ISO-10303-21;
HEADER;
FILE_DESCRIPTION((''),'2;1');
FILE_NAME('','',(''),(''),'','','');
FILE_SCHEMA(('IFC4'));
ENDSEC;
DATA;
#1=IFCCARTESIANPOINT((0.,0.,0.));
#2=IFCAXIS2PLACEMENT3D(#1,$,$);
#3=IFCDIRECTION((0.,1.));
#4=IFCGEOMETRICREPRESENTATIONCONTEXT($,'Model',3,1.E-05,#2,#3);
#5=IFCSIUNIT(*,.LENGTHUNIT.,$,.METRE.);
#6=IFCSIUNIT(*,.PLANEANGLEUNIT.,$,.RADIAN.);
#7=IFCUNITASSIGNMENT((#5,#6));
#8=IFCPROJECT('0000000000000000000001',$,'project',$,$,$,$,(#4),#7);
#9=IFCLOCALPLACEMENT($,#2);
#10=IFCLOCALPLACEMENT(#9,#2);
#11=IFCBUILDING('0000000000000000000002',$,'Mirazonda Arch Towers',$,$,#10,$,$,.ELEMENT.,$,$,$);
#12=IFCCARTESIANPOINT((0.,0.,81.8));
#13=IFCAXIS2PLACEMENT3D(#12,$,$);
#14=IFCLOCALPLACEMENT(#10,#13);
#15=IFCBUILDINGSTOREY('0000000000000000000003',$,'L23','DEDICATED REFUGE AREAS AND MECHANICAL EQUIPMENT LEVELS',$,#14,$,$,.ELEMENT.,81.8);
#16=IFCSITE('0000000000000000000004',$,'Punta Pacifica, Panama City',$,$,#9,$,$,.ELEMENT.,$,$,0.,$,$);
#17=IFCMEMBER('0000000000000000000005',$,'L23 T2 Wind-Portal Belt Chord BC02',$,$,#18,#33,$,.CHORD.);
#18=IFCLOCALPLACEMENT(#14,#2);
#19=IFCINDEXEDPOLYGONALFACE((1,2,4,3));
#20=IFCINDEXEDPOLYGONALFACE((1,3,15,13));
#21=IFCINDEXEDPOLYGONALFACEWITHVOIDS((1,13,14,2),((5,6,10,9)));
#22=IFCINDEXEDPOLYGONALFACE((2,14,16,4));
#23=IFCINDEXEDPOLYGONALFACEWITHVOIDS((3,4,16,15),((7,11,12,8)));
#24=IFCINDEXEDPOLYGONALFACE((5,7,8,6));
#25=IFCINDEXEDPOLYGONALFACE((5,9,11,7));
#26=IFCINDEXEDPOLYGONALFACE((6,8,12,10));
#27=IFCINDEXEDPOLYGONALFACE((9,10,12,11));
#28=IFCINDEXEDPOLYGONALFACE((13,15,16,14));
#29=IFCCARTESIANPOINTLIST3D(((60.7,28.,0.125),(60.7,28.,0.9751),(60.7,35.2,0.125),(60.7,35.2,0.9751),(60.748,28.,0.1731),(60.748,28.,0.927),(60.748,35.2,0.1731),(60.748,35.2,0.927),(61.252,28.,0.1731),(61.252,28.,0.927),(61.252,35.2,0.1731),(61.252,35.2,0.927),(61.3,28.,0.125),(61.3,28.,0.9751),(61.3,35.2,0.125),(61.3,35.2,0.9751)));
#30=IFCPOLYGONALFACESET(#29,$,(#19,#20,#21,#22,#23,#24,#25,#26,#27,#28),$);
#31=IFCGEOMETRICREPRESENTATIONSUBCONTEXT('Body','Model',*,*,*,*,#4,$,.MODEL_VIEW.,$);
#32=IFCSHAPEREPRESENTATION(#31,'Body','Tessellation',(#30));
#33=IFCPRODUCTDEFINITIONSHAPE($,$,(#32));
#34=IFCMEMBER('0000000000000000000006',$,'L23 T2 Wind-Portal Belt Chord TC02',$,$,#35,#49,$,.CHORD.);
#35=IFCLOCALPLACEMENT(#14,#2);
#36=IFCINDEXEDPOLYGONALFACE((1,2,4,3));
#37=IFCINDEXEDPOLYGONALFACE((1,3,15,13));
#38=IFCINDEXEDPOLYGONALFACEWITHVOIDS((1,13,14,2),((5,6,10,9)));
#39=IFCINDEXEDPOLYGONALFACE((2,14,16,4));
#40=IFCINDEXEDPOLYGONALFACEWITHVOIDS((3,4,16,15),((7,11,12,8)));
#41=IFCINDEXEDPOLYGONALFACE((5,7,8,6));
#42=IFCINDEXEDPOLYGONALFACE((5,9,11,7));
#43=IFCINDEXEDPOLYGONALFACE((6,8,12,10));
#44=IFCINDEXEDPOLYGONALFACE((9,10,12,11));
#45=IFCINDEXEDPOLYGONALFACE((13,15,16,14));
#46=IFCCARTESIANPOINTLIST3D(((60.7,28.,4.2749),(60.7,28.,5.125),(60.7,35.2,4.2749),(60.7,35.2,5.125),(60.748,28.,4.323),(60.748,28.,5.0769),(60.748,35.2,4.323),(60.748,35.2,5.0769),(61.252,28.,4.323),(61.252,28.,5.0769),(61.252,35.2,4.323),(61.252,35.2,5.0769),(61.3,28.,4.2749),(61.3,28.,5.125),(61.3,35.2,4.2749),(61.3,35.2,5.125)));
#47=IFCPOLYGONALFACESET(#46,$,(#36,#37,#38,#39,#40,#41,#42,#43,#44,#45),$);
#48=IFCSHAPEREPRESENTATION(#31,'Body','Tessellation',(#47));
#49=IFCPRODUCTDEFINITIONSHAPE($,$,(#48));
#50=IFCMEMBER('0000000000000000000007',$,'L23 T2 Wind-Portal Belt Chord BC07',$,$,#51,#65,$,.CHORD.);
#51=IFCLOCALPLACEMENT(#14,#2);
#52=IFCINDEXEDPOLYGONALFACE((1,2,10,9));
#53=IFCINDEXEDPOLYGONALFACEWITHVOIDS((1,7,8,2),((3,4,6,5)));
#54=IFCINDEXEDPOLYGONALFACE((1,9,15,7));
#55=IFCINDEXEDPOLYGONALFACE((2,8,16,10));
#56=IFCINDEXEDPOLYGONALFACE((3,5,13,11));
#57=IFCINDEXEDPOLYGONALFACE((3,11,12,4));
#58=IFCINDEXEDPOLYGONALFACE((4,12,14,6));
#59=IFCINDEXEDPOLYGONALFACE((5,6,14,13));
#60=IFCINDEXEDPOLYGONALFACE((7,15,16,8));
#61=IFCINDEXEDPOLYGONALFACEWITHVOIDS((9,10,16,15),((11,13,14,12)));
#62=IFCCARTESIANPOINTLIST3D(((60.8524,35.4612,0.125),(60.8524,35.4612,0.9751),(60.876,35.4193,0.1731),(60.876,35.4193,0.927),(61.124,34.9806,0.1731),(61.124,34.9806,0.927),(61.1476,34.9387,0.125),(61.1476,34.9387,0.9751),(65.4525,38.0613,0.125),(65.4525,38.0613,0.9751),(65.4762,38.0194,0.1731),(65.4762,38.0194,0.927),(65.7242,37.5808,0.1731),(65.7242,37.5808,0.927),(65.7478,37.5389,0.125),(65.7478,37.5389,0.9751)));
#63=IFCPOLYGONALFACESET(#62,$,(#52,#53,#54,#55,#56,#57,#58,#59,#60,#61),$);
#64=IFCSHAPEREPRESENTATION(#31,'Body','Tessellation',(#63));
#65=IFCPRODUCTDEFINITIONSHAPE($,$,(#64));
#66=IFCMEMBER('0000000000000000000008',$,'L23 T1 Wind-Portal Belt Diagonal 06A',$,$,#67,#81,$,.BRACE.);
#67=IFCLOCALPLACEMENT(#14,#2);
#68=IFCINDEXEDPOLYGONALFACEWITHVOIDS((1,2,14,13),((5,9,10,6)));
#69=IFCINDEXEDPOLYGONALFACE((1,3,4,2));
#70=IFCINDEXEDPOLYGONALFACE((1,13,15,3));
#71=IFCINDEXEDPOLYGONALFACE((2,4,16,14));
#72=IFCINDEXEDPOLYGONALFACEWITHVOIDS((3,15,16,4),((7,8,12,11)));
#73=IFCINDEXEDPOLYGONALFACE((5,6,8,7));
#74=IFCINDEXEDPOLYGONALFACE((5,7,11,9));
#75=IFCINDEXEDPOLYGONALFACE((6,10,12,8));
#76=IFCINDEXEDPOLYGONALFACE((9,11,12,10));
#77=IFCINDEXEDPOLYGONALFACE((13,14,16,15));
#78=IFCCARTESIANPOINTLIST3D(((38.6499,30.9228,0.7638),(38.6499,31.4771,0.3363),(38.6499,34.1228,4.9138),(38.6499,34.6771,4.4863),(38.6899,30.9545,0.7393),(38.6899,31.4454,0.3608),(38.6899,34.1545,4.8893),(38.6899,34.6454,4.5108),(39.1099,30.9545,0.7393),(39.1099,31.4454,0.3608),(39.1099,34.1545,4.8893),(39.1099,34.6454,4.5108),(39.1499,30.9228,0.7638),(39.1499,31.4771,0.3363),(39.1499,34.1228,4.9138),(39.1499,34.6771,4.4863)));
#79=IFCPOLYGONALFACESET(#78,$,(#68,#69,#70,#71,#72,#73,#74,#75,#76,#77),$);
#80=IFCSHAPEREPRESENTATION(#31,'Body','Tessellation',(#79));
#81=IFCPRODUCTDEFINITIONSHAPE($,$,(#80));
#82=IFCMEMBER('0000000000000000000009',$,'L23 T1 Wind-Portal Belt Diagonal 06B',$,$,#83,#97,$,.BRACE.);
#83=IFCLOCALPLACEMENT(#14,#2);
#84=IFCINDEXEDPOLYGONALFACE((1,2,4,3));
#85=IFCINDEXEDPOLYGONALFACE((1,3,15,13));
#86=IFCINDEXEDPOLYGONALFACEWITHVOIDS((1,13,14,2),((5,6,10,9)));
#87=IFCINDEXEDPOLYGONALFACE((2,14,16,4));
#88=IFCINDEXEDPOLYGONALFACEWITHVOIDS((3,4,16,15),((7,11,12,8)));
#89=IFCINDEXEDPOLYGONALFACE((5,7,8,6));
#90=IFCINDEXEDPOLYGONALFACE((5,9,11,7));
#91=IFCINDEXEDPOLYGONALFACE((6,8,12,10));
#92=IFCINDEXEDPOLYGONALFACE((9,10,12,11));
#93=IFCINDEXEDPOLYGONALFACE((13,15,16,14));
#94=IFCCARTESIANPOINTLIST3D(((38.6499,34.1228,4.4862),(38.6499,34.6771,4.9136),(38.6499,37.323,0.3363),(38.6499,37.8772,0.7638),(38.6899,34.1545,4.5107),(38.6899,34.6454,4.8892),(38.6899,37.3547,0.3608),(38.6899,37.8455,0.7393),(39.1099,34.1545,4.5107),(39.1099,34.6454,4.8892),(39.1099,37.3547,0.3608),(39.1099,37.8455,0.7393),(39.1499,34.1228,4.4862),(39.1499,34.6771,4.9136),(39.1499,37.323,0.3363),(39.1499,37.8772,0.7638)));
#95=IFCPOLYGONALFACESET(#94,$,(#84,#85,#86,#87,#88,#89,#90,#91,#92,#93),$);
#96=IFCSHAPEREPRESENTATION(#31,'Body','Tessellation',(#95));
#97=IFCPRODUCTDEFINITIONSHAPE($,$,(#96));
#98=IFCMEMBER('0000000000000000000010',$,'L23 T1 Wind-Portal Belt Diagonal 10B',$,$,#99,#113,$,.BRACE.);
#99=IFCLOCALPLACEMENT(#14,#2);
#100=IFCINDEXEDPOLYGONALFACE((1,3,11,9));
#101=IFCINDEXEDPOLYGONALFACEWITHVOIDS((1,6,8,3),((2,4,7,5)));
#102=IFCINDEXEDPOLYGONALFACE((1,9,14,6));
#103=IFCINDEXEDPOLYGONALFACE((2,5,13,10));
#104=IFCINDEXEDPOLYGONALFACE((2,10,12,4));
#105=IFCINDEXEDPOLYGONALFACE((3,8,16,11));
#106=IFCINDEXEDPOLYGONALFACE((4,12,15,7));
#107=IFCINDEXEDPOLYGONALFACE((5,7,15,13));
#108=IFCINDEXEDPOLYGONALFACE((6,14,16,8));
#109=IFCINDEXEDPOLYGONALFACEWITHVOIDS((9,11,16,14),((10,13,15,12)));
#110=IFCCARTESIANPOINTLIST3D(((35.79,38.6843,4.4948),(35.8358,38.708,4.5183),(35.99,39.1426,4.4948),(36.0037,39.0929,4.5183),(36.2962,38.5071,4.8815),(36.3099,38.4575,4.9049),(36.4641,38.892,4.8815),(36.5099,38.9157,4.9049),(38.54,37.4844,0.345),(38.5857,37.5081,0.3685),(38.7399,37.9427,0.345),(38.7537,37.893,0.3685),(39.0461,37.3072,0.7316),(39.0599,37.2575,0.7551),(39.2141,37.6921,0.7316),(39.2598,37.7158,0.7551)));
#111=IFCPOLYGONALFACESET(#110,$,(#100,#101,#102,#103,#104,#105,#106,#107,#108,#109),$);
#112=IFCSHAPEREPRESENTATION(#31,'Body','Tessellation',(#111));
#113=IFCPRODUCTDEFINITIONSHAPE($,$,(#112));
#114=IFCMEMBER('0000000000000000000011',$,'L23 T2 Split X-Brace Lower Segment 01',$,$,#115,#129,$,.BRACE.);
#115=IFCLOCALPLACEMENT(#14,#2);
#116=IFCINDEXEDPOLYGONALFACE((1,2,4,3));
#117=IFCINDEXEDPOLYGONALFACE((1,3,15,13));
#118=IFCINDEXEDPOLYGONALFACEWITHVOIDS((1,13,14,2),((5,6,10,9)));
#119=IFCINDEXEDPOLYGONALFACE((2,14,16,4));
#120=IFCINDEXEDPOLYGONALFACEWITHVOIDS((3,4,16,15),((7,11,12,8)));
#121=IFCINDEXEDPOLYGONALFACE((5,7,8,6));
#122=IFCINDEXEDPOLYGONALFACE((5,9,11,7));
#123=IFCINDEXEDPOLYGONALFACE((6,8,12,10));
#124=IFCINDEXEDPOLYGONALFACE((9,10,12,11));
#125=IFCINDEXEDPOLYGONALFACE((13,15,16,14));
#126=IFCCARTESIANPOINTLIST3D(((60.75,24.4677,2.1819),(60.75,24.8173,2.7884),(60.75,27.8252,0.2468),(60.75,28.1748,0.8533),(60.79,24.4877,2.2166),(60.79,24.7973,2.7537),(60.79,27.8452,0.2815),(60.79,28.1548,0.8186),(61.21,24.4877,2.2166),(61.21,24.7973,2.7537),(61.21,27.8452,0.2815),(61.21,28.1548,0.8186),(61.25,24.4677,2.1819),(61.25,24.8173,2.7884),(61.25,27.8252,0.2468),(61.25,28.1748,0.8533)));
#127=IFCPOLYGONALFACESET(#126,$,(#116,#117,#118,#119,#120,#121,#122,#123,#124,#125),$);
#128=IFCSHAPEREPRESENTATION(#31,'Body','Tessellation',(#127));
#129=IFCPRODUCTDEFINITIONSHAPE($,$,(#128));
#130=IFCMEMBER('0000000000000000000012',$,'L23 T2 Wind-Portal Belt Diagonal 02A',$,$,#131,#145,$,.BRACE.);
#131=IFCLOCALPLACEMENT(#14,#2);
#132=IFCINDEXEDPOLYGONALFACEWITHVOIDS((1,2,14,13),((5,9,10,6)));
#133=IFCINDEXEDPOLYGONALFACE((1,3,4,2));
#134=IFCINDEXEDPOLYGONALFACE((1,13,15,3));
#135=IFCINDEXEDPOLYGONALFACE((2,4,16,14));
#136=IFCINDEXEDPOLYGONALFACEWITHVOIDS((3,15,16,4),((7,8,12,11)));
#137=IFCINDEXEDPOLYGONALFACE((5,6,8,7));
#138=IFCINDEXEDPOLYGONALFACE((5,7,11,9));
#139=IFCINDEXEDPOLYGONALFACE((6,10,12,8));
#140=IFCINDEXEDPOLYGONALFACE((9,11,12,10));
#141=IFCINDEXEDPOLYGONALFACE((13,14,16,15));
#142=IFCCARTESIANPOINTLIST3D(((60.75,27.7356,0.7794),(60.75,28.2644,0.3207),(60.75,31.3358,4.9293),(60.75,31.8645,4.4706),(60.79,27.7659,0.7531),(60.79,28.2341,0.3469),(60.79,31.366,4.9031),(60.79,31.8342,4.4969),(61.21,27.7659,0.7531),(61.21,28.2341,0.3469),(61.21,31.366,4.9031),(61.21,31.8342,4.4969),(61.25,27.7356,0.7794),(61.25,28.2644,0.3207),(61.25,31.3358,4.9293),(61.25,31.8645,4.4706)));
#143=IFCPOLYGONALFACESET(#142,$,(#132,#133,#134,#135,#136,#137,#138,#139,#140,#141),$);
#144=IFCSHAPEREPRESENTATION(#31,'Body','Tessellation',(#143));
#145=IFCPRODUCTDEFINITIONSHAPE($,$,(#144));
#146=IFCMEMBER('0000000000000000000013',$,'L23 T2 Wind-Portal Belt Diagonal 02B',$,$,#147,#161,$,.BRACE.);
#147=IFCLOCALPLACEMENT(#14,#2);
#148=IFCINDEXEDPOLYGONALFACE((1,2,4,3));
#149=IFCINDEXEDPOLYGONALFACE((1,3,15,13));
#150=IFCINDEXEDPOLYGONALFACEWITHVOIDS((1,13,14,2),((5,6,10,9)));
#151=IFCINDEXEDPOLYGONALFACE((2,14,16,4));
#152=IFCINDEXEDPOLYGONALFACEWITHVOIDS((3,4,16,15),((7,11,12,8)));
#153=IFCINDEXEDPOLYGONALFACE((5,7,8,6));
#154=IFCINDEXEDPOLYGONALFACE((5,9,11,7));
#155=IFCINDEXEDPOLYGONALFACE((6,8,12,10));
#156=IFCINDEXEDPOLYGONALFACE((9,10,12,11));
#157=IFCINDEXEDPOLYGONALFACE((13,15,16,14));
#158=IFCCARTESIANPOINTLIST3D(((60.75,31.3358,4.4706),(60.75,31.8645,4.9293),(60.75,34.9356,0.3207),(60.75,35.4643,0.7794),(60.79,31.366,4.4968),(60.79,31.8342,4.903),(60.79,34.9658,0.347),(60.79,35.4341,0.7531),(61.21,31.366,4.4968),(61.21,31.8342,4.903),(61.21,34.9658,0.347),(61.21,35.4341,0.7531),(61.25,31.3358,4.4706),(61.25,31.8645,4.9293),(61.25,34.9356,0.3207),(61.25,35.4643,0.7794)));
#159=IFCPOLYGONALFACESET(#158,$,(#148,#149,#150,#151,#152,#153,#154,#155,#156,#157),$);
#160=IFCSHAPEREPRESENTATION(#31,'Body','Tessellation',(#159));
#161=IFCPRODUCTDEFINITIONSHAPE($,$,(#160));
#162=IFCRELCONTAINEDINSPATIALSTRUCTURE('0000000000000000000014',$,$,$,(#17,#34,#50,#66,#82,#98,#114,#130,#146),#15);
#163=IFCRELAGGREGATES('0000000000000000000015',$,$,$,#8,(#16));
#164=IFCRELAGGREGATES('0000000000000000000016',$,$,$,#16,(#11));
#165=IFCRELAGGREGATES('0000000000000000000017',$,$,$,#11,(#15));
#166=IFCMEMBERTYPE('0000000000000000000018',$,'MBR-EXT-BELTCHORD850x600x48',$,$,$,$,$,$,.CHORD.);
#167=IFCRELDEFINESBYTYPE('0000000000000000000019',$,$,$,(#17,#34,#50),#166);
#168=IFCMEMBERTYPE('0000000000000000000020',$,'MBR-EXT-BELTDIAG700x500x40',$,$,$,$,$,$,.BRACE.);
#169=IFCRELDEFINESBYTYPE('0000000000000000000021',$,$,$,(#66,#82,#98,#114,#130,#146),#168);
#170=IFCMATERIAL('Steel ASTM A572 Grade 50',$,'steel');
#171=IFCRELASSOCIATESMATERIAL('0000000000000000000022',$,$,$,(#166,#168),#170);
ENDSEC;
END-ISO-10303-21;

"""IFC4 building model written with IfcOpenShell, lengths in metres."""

from ifc_helpers import new_model, si_unit, direction, frame, origin, origin_2d, place, context, subcontext, project, spatial, hollow_rectangle, extrude, material, material_profile, profile_set, type_object, element, save


model = new_model("IFC4")

# Units and contexts
model_context = context("Model", 3, precision=1e-05, world=origin(), true_north=direction((0.0, 1.0)))
body_context = subcontext(model_context, "Body", "Model", "MODEL_VIEW")
ifc_project = project(units=[si_unit("LENGTHUNIT", "METRE"), si_unit("PLANEANGLEUNIT", "RADIAN")], contexts=[model_context])

# Site, building, storey
site_placement = place(None, origin())
site = spatial("IfcSite", under=ifc_project, at=site_placement, Name="Punta Pacifica, Panama City", CompositionType="ELEMENT", RefElevation=0.0)
building_placement = place(site_placement, origin())
building = spatial("IfcBuilding", under=site, at=building_placement, Name="Mirazonda Arch Towers", CompositionType="ELEMENT")
storey_placement = place(building_placement, frame((0.0, 0.0, 81.8)))
storey = spatial("IfcBuildingStorey", under=building, at=storey_placement, Name="L23", Description="DEDICATED REFUGE AREAS AND MECHANICAL EQUIPMENT LEVELS", CompositionType="ELEMENT", Elevation=81.8)

# Shared definitions
ifc_material_1 = material(Name="Steel ASTM A572 Grade 50", Category="steel")

# Members
ifc_material_profile_1 = material_profile(ifc_material_1, hollow_rectangle(XDim=0.6001, YDim=0.8501, WallThickness=0.0481, at=origin_2d()), Name="BELTCHORD850x600x48")
ifc_profile_set_1 = profile_set([ifc_material_profile_1], Name="Steel ASTM A572 Grade 50")
member_type_1 = type_object("IfcMemberType", Name="MBR-EXT-BELTCHORD850x600x48", PredefinedType="CHORD", material=ifc_profile_set_1)
for number, where, z_axis, x_axis, name in (
    (1, (61.0, 28.0, 0.55), (0.0, 1.0, 0.0), (-1.0, 0.0, 0.0), "L23 T2 Wind-Portal Belt Chord BC02"),
    (2, (61.0, 28.0, 4.7), (0.0, 1.0, 0.0), (-1.0, 0.0, 0.0), "L23 T2 Wind-Portal Belt Chord TC02"),
):
    element("IfcMember", number, at=place(storey_placement, frame(where, z_axis=z_axis, x_axis=x_axis)), inside=storey, type_object=member_type_1, Name=name, PredefinedType="CHORD", context=body_context, shape_type="SweptSolid", body=[
        extrude(hollow_rectangle(XDim=0.6001, YDim=0.8501, WallThickness=0.0481, at=origin_2d()), origin(), (0.0, 0.0, 1.0), 7.2),
    ])
member_1_placement = place(storey_placement, frame((61.0, 35.2, 0.55), z_axis=(0.870559, 0.492063, 0.0), x_axis=(-0.492063, 0.870559, 0.0)))
element("IfcMember", 3, at=member_1_placement, inside=storey, type_object=member_type_1, Name="L23 T2 Wind-Portal Belt Chord BC07", PredefinedType="CHORD", context=body_context, shape_type="SweptSolid", body=[
    extrude(hollow_rectangle(XDim=0.6001, YDim=0.8501, WallThickness=0.0481, at=origin_2d()), origin(), (0.0, 0.0, 1.0), 5.2842),
])
ifc_material_profile_2 = material_profile(ifc_material_1, hollow_rectangle(XDim=0.5, YDim=0.7, WallThickness=0.04, at=origin_2d()), Name="BELTDIAG700x500x40")
ifc_profile_set_2 = profile_set([ifc_material_profile_2], Name="Steel ASTM A572 Grade 50")
member_type_2 = type_object("IfcMemberType", Name="MBR-EXT-BELTDIAG700x500x40", PredefinedType="BRACE", material=ifc_profile_set_2)
for number, where, z_axis, x_axis, name in (
    (4, (38.8999, 31.2, 0.55), (0.0, 0.610636, 0.791912), (-1.0, 0.0, 0.0), "L23 T1 Wind-Portal Belt Diagonal 06A"),
    (5, (38.8999, 37.6001, 0.55), (0.0, -0.610665, 0.791889), (1.0, 0.0, 0.0), "L23 T1 Wind-Portal Belt Diagonal 06B"),
):
    element("IfcMember", number, at=place(storey_placement, frame(where, z_axis=z_axis, x_axis=x_axis)), inside=storey, type_object=member_type_2, Name=name, PredefinedType="BRACE", context=body_context, shape_type="SweptSolid", body=[
        extrude(hollow_rectangle(XDim=0.5, YDim=0.7, WallThickness=0.04, at=origin_2d()), origin(), (0.0, 0.0, 1.0), 5.2405),
    ])
member_2_placement = place(storey_placement, frame((38.8999, 37.6001, 0.55), z_axis=(-0.53701, 0.234322, 0.810378), x_axis=(-0.399931, -0.916545, 0.0)))
element("IfcMember", 6, at=member_2_placement, inside=storey, type_object=member_type_2, Name="L23 T1 Wind-Portal Belt Diagonal 10B", PredefinedType="BRACE", context=body_context, shape_type="SweptSolid", body=[
    extrude(hollow_rectangle(XDim=0.5, YDim=0.7, WallThickness=0.04, at=origin_2d()), origin(), (0.0, 0.0, 1.0), 5.1208),
])
member_3_placement = place(storey_placement, frame((61.0, 28.0, 0.55), z_axis=(0.0, -0.866399, 0.499352), x_axis=(1.0, 0.0, 0.0)))
element("IfcMember", 7, at=member_3_placement, inside=storey, type_object=member_type_2, Name="L23 T2 Split X-Brace Lower Segment 01", PredefinedType="BRACE", context=body_context, shape_type="SweptSolid", body=[
    extrude(hollow_rectangle(XDim=0.5, YDim=0.7, WallThickness=0.04, at=origin_2d()), origin(), (0.0, 0.0, 1.0), 3.8752),
])
member_4_placement = place(storey_placement, frame((61.0, 28.0, 0.55), z_axis=(0.0, 0.655296, 0.755372), x_axis=(-1.0, 0.0, 0.0)))
element("IfcMember", 8, at=member_4_placement, inside=storey, type_object=member_type_2, Name="L23 T2 Wind-Portal Belt Diagonal 02A", PredefinedType="BRACE", context=body_context, shape_type="SweptSolid", body=[
    extrude(hollow_rectangle(XDim=0.5, YDim=0.7, WallThickness=0.04, at=origin_2d()), origin(), (0.0, 0.0, 1.0), 5.4939),
])
member_5_placement = place(storey_placement, frame((61.0, 35.2, 0.55), z_axis=(0.0, -0.655271, 0.755394), x_axis=(1.0, 0.0, 0.0)))
element("IfcMember", 9, at=member_5_placement, inside=storey, type_object=member_type_2, Name="L23 T2 Wind-Portal Belt Diagonal 02B", PredefinedType="BRACE", context=body_context, shape_type="SweptSolid", body=[
    extrude(hollow_rectangle(XDim=0.5, YDim=0.7, WallThickness=0.04, at=origin_2d()), origin(), (0.0, 0.0, 1.0), 5.4937),
])

save(model, "model.ifc")
